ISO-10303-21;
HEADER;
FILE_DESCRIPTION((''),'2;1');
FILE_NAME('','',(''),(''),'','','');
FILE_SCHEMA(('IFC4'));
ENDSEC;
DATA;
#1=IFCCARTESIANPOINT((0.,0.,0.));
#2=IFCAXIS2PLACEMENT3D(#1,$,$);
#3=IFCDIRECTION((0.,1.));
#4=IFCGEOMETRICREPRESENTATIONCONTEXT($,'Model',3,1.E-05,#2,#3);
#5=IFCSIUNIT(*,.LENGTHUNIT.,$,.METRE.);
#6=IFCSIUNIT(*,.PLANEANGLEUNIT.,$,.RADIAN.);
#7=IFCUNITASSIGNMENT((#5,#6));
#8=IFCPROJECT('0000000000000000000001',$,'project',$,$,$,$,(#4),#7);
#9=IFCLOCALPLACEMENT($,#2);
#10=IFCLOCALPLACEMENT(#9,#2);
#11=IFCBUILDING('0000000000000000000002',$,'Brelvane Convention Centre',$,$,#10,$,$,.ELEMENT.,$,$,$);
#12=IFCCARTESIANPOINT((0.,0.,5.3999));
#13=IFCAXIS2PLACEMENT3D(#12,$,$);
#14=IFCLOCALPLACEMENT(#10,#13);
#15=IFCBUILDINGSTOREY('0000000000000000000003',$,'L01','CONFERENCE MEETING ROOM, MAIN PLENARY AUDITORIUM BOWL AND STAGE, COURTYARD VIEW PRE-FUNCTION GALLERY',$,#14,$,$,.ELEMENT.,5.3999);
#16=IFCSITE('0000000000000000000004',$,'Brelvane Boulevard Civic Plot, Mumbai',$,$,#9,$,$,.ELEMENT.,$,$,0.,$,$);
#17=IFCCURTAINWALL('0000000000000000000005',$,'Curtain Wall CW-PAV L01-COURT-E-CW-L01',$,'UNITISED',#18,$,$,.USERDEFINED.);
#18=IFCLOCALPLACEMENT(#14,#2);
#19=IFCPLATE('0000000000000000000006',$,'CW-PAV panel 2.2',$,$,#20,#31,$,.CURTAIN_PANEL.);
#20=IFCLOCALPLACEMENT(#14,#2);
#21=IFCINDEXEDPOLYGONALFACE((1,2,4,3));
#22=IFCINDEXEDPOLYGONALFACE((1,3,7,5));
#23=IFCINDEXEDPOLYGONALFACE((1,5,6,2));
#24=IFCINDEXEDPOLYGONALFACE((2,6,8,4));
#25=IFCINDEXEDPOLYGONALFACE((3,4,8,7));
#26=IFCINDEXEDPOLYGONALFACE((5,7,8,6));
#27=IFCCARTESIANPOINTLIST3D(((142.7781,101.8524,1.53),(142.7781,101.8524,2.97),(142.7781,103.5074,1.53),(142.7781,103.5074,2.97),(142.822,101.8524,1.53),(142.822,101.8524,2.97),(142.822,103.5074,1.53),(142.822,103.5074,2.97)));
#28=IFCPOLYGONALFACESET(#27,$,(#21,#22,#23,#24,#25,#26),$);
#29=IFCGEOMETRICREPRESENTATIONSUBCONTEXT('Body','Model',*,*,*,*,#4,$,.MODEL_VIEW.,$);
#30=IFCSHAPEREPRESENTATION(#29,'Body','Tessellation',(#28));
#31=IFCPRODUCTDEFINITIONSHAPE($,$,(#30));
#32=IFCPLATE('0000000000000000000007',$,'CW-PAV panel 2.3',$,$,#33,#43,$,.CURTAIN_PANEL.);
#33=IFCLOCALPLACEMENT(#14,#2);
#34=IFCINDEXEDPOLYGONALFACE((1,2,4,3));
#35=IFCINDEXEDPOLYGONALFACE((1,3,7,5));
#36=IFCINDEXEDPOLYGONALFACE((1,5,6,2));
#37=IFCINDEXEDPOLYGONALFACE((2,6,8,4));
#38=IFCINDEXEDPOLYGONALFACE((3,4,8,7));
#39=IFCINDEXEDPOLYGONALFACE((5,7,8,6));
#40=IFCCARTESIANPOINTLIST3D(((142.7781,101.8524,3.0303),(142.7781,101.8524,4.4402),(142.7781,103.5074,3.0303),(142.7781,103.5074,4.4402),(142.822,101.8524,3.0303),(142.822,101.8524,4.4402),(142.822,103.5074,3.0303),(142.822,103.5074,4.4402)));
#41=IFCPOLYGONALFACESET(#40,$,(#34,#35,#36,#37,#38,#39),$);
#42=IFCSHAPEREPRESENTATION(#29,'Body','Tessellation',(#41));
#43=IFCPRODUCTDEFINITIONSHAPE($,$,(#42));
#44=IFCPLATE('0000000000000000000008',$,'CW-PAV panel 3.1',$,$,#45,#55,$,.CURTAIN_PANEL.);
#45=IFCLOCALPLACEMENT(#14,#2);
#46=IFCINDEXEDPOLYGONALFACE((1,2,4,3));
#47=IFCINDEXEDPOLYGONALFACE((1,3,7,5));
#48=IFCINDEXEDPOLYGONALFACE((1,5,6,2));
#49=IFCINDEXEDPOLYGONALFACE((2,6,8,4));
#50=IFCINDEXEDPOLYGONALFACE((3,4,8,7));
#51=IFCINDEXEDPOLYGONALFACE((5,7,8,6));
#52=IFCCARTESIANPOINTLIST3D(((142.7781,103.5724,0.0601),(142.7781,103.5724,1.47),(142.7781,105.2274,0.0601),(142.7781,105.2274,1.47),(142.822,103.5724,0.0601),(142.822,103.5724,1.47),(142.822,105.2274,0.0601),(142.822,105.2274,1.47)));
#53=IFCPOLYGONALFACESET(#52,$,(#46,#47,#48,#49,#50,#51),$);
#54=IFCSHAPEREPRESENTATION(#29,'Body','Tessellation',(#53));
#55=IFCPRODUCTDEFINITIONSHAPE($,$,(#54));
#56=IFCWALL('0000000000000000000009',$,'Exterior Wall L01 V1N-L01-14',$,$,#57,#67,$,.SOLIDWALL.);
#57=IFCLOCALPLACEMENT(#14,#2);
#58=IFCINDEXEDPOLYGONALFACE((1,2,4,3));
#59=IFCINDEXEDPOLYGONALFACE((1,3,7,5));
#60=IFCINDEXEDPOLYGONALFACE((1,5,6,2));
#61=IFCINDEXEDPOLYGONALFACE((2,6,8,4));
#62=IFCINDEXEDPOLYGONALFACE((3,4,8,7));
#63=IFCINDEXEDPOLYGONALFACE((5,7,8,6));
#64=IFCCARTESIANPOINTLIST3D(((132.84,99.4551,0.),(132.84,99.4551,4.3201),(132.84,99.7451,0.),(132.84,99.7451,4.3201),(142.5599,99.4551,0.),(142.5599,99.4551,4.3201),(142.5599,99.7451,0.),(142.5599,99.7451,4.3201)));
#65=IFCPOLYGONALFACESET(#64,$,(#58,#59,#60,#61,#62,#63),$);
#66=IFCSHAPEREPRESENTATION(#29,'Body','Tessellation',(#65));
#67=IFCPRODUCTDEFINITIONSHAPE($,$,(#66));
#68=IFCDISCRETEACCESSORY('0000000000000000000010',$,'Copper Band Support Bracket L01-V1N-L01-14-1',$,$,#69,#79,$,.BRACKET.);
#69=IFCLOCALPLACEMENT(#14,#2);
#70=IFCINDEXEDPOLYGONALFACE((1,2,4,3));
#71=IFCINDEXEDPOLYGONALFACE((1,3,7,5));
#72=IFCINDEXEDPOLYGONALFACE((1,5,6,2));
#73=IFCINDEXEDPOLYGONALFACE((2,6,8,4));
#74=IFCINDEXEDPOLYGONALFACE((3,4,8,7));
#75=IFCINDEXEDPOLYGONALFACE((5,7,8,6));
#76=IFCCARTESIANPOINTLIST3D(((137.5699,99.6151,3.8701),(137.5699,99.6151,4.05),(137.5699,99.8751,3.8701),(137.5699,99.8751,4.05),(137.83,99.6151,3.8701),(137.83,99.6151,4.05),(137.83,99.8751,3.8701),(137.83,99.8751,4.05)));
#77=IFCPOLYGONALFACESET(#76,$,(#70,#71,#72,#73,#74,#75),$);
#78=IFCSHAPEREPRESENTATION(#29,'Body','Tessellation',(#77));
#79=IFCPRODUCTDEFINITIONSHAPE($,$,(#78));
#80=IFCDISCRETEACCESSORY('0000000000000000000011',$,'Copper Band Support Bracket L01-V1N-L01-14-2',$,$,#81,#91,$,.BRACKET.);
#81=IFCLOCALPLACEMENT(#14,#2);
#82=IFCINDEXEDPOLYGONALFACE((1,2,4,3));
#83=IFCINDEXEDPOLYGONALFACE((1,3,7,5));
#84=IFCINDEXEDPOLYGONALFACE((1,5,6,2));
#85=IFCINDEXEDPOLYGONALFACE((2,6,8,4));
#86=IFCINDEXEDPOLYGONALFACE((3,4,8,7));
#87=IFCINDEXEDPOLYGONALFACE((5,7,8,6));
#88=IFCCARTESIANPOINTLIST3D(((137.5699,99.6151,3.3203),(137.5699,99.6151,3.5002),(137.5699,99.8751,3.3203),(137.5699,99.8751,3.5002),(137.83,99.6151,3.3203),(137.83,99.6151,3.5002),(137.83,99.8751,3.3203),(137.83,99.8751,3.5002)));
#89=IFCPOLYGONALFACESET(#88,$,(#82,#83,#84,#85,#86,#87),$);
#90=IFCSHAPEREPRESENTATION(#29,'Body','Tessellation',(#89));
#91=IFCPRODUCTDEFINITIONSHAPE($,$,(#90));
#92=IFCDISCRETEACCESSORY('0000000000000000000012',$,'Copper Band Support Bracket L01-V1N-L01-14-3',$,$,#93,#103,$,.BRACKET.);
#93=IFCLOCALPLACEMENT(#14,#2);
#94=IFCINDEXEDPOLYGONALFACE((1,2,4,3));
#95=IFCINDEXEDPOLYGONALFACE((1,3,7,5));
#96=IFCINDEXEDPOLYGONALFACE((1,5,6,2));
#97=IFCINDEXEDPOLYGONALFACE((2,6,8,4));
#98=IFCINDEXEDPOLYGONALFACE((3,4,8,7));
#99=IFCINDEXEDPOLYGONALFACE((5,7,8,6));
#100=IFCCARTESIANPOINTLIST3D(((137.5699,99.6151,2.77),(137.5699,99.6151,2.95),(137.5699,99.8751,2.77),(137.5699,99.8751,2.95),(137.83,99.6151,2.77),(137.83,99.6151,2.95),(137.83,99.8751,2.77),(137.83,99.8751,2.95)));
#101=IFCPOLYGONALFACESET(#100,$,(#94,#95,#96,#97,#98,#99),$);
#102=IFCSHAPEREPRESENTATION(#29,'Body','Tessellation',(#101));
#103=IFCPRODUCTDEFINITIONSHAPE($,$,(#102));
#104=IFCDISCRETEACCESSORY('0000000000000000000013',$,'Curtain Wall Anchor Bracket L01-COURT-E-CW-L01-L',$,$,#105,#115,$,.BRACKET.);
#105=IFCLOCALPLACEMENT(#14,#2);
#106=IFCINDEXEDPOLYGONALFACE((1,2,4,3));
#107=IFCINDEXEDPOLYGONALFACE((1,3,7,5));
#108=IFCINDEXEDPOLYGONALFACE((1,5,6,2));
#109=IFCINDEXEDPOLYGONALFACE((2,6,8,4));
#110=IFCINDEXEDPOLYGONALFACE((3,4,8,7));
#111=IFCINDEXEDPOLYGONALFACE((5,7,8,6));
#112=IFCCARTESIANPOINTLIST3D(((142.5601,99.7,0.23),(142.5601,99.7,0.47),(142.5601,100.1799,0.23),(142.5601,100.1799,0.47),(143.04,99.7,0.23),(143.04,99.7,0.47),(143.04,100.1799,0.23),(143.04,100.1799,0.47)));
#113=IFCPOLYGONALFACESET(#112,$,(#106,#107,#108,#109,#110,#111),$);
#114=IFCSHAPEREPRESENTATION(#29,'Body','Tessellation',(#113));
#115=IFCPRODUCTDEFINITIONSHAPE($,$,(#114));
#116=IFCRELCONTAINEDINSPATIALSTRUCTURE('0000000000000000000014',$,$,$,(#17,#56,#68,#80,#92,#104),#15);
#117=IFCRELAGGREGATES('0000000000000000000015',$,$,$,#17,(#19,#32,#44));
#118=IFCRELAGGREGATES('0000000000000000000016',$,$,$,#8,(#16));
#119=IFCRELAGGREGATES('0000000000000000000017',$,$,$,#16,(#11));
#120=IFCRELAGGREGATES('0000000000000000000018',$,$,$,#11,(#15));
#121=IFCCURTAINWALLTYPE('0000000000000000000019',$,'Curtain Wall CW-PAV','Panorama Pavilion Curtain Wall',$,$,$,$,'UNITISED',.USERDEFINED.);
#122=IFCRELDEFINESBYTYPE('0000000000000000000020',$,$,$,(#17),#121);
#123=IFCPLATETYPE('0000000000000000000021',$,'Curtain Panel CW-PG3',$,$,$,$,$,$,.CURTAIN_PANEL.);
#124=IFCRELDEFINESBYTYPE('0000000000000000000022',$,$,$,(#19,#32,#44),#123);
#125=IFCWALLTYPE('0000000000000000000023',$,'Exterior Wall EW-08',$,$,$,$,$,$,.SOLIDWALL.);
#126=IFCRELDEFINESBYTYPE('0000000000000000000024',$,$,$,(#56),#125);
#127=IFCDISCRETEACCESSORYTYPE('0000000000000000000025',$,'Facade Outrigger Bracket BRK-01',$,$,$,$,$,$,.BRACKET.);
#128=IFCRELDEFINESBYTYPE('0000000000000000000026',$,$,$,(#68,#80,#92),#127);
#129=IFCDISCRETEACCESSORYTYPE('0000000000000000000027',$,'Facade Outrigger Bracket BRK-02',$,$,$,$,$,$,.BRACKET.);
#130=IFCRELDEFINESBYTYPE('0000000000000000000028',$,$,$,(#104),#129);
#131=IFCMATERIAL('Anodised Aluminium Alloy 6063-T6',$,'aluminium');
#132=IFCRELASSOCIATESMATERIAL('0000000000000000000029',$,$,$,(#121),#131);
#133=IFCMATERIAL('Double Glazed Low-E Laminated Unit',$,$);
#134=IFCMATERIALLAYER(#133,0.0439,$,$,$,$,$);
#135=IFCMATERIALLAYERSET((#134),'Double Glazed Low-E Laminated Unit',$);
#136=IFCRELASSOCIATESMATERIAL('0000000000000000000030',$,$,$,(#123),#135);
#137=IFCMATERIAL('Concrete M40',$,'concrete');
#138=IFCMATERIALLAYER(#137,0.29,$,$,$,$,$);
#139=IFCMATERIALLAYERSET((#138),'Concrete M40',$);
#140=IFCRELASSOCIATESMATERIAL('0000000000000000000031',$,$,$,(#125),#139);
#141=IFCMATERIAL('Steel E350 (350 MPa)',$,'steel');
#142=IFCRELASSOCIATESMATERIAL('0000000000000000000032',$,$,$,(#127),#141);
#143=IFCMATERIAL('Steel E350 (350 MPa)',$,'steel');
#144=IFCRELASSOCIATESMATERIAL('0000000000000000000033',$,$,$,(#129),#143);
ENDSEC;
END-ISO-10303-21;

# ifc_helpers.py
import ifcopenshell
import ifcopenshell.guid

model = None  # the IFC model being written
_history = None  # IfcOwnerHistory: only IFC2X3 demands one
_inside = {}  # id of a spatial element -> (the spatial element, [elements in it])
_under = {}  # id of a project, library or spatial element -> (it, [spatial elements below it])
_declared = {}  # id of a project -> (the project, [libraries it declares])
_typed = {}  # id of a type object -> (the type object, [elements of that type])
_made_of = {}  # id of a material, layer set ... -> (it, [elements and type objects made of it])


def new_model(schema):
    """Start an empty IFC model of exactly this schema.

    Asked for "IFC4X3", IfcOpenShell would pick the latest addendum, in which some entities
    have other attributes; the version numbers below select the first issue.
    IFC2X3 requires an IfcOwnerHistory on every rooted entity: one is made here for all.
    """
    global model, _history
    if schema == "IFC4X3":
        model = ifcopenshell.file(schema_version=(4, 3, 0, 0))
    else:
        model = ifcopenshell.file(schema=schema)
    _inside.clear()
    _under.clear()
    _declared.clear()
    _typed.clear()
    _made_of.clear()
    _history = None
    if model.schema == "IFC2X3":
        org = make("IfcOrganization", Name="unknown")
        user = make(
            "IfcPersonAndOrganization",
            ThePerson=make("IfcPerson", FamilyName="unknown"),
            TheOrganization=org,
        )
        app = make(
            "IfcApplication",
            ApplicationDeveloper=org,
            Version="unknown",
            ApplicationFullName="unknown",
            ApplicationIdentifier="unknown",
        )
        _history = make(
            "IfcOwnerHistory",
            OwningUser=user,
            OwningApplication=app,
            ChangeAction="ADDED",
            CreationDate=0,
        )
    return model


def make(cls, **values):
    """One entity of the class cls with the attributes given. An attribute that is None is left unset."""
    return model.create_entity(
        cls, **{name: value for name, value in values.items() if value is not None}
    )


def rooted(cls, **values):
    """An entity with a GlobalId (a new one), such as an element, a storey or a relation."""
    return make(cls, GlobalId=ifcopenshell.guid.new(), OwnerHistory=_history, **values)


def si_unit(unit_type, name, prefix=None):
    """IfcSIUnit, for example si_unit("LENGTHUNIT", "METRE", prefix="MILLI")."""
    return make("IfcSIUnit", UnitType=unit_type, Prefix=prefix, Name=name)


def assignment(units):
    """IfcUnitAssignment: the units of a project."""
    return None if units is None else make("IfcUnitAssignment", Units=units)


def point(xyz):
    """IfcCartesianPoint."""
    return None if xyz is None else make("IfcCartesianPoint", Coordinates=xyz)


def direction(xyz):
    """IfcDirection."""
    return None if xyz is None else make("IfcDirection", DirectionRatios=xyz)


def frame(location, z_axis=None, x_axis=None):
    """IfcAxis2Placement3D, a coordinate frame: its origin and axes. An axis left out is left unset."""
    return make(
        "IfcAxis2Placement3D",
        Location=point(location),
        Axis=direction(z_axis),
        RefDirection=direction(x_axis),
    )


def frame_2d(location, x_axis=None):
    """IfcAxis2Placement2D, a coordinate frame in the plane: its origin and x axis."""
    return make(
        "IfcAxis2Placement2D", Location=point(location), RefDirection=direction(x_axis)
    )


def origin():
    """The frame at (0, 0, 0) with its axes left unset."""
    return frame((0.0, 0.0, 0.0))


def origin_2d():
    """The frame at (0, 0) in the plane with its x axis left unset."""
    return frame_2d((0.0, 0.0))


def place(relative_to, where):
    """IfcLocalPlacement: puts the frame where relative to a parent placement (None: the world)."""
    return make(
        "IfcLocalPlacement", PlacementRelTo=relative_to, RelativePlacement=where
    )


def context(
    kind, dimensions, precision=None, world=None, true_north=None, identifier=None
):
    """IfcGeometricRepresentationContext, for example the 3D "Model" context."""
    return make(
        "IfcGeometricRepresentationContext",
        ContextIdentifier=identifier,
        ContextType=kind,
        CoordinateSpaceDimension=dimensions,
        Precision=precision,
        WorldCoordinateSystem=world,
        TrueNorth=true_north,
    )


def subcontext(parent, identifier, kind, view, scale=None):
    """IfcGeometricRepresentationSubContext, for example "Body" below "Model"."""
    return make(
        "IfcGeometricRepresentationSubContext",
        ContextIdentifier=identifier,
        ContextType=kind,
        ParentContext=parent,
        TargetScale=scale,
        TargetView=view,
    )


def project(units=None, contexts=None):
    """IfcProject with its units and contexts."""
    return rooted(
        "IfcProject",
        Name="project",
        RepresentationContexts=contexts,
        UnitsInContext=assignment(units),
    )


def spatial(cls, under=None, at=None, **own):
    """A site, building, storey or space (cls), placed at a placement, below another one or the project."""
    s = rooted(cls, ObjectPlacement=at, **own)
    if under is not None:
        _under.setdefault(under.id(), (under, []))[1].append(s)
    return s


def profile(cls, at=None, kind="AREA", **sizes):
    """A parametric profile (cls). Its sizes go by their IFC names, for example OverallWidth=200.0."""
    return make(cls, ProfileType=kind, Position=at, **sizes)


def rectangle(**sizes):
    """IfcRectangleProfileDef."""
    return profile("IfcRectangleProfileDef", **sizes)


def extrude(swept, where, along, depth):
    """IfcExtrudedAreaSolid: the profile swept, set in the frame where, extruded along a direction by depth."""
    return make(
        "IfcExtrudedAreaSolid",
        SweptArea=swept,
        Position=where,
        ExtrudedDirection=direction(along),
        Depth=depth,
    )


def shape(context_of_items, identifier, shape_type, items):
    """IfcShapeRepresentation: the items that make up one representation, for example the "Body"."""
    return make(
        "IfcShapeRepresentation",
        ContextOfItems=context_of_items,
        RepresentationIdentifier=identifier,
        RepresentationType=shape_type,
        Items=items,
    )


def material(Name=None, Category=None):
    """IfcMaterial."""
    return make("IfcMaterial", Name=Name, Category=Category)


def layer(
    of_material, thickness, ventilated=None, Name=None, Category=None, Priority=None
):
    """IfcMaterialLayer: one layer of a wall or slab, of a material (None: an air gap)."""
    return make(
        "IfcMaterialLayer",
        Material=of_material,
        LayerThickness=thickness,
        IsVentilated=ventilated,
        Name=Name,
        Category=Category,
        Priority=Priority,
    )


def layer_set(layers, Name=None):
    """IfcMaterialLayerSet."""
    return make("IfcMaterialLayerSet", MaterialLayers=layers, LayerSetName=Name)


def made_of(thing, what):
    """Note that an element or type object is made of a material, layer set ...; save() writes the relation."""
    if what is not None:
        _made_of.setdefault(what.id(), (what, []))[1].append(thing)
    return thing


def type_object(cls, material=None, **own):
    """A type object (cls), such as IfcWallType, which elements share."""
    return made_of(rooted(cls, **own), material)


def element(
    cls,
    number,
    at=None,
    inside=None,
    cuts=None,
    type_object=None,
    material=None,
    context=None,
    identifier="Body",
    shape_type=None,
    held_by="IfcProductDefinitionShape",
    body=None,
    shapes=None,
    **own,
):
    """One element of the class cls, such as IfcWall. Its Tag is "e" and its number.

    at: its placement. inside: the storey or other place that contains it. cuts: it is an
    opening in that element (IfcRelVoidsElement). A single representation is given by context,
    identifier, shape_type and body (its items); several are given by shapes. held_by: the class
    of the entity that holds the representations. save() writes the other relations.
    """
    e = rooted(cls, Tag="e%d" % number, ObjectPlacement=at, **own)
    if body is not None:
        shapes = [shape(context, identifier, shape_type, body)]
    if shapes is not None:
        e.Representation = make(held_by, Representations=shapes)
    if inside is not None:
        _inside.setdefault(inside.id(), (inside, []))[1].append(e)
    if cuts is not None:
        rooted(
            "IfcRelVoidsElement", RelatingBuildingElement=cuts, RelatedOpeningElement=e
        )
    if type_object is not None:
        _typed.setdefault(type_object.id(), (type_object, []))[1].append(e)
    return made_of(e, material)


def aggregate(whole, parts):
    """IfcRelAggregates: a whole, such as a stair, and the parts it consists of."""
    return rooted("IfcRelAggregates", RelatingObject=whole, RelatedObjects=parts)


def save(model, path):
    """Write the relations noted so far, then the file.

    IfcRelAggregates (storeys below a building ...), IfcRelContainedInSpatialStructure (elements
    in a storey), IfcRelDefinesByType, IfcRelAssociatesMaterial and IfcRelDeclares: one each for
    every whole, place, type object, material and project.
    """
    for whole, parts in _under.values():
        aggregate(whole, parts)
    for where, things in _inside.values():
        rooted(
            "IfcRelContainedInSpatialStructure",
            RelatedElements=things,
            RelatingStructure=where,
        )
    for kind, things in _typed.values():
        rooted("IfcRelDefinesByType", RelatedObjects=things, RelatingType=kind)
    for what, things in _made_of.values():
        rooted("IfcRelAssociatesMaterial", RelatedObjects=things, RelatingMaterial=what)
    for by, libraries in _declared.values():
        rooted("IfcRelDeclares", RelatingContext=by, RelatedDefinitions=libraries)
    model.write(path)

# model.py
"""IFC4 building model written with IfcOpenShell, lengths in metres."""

from ifc_helpers import new_model, si_unit, direction, frame, frame_2d, origin, origin_2d, place, context, subcontext, project, spatial, rectangle, extrude, material, layer, layer_set, type_object, element, aggregate, save


model = new_model("IFC4")

# Units and contexts
model_context = context("Model", 3, precision=1e-05, world=origin(), true_north=direction((0.0, 1.0)))
body_context = subcontext(model_context, "Body", "Model", "MODEL_VIEW")
ifc_project = project(units=[si_unit("LENGTHUNIT", "METRE"), si_unit("PLANEANGLEUNIT", "RADIAN")], contexts=[model_context])

# Site, building, storey
site_placement = place(None, origin())
site = spatial("IfcSite", under=ifc_project, at=site_placement, Name="Brelvane Boulevard Civic Plot, Mumbai", CompositionType="ELEMENT", RefElevation=0.0)
building_placement = place(site_placement, origin())
building = spatial("IfcBuilding", under=site, at=building_placement, Name="Brelvane Convention Centre", CompositionType="ELEMENT")
storey_placement = place(building_placement, frame((0.0, 0.0, 5.3999)))
storey = spatial("IfcBuildingStorey", under=building, at=storey_placement, Name="L01", Description="CONFERENCE MEETING ROOM, MAIN PLENARY AUDITORIUM BOWL AND STAGE, COURTYARD VIEW PRE-FUNCTION GALLERY", CompositionType="ELEMENT", Elevation=5.3999)

# Curtain wall
ifc_material_1 = material(Name="Anodised Aluminium Alloy 6063-T6", Category="aluminium")
curtain_wall_type = type_object("IfcCurtainWallType", Name="Curtain Wall CW-PAV", Description="Panorama Pavilion Curtain Wall", ElementType="UNITISED", PredefinedType="USERDEFINED", material=ifc_material_1)
curtain_wall_placement = place(storey_placement, origin())
curtain_wall = element("IfcCurtainWall", 1, at=curtain_wall_placement, inside=storey, type_object=curtain_wall_type, Name="Curtain Wall CW-PAV L01-COURT-E-CW-L01", ObjectType="UNITISED", PredefinedType="USERDEFINED")

# Plates
ifc_material_2 = material(Name="Double Glazed Low-E Laminated Unit")
ifc_layer_1 = layer(ifc_material_2, 0.0439)
ifc_layer_set_1 = layer_set([ifc_layer_1], Name="Double Glazed Low-E Laminated Unit")
plate_type = type_object("IfcPlateType", Name="Curtain Panel CW-PG3", PredefinedType="CURTAIN_PANEL", material=ifc_layer_set_1)
plate_1_placement = place(storey_placement, frame((142.8, 102.6799, 1.53), z_axis=(0.0, 0.0, 1.0), x_axis=(0.0, 1.0, 0.0)))
plate_1 = element("IfcPlate", 2, at=plate_1_placement, type_object=plate_type, Name="CW-PAV panel 2.2", PredefinedType="CURTAIN_PANEL", context=body_context, shape_type="SweptSolid", body=[
    extrude(rectangle(XDim=1.655, YDim=0.0439, at=origin_2d()), origin(), (0.0, 0.0, 1.0), 1.4399),
])
plate_2_placement = place(storey_placement, frame((142.8, 102.6799, 3.0303), z_axis=(0.0, 0.0, 1.0), x_axis=(0.0, 1.0, 0.0)))
plate_2 = element("IfcPlate", 3, at=plate_2_placement, type_object=plate_type, Name="CW-PAV panel 2.3", PredefinedType="CURTAIN_PANEL", context=body_context, shape_type="SweptSolid", body=[
    extrude(rectangle(XDim=1.655, YDim=0.0439, at=origin_2d()), origin(), (0.0, 0.0, 1.0), 1.4099),
])
plate_3_placement = place(storey_placement, frame((142.8, 104.3999, 0.0601), z_axis=(0.0, 0.0, 1.0), x_axis=(0.0, 1.0, 0.0)))
plate_3 = element("IfcPlate", 4, at=plate_3_placement, type_object=plate_type, Name="CW-PAV panel 3.1", PredefinedType="CURTAIN_PANEL", context=body_context, shape_type="SweptSolid", body=[
    extrude(rectangle(XDim=1.655, YDim=0.0439, at=origin_2d()), origin(), (0.0, 0.0, 1.0), 1.4099),
])
aggregate(curtain_wall, [plate_1, plate_2, plate_3])

# Wall
ifc_material_3 = material(Name="Concrete M40", Category="concrete")
ifc_layer_2 = layer(ifc_material_3, 0.29)
ifc_layer_set_2 = layer_set([ifc_layer_2], Name="Concrete M40")
wall_type = type_object("IfcWallType", Name="Exterior Wall EW-08", PredefinedType="SOLIDWALL", material=ifc_layer_set_2)
wall_placement = place(storey_placement, frame((132.8401, 99.6001, 0.0), z_axis=(0.0, 0.0, 1.0), x_axis=(1.0, 0.0, 0.0)))
element("IfcWall", 5, at=wall_placement, inside=storey, type_object=wall_type, Name="Exterior Wall L01 V1N-L01-14", PredefinedType="SOLIDWALL", context=body_context, shape_type="SweptSolid", body=[
    extrude(rectangle(XDim=9.72, YDim=0.29, at=frame_2d((4.8599, 0.0))), origin(), (0.0, 0.0, 1.0), 4.3201),
])

# Discrete accessories
ifc_material_4 = material(Name="Steel E350 (350 MPa)", Category="steel")
discrete_accessory_type_1 = type_object("IfcDiscreteAccessoryType", Name="Facade Outrigger Bracket BRK-01", PredefinedType="BRACKET", material=ifc_material_4)
for number, where, z_axis, x_axis, name in (
    (6, (137.7, 99.7451, 3.8701), (0.0, 0.0, 1.0), (1.0, 0.0, 0.0), "Copper Band Support Bracket L01-V1N-L01-14-1"),
    (7, (137.7, 99.7451, 3.3203), (0.0, 0.0, 1.0), (1.0, 0.0, 0.0), "Copper Band Support Bracket L01-V1N-L01-14-2"),
    (8, (137.7, 99.7451, 2.77), (0.0, 0.0, 1.0), (1.0, 0.0, 0.0), "Copper Band Support Bracket L01-V1N-L01-14-3"),
):
    element("IfcDiscreteAccessory", number, at=place(storey_placement, frame(where, z_axis=z_axis, x_axis=x_axis)), inside=storey, type_object=discrete_accessory_type_1, Name=name, PredefinedType="BRACKET", context=body_context, shape_type="SweptSolid", body=[
        extrude(rectangle(XDim=0.26, YDim=0.26, at=origin_2d()), origin(), (0.0, 0.0, 1.0), 0.1799),
    ])
ifc_material_5 = material(Name="Steel E350 (350 MPa)", Category="steel")
discrete_accessory_type_2 = type_object("IfcDiscreteAccessoryType", Name="Facade Outrigger Bracket BRK-02", PredefinedType="BRACKET", material=ifc_material_5)
discrete_accessory_placement = place(storey_placement, frame((142.8, 99.9399, 0.23), z_axis=(0.0, 0.0, 1.0), x_axis=(1.0, 0.0, 0.0)))
element("IfcDiscreteAccessory", 9, at=discrete_accessory_placement, inside=storey, type_object=discrete_accessory_type_2, Name="Curtain Wall Anchor Bracket L01-COURT-E-CW-L01-L", PredefinedType="BRACKET", context=body_context, shape_type="SweptSolid", body=[
    extrude(rectangle(XDim=0.48, YDim=0.48, at=origin_2d()), origin(), (0.0, 0.0, 1.0), 0.24),
])

save(model, "model.ifc")
